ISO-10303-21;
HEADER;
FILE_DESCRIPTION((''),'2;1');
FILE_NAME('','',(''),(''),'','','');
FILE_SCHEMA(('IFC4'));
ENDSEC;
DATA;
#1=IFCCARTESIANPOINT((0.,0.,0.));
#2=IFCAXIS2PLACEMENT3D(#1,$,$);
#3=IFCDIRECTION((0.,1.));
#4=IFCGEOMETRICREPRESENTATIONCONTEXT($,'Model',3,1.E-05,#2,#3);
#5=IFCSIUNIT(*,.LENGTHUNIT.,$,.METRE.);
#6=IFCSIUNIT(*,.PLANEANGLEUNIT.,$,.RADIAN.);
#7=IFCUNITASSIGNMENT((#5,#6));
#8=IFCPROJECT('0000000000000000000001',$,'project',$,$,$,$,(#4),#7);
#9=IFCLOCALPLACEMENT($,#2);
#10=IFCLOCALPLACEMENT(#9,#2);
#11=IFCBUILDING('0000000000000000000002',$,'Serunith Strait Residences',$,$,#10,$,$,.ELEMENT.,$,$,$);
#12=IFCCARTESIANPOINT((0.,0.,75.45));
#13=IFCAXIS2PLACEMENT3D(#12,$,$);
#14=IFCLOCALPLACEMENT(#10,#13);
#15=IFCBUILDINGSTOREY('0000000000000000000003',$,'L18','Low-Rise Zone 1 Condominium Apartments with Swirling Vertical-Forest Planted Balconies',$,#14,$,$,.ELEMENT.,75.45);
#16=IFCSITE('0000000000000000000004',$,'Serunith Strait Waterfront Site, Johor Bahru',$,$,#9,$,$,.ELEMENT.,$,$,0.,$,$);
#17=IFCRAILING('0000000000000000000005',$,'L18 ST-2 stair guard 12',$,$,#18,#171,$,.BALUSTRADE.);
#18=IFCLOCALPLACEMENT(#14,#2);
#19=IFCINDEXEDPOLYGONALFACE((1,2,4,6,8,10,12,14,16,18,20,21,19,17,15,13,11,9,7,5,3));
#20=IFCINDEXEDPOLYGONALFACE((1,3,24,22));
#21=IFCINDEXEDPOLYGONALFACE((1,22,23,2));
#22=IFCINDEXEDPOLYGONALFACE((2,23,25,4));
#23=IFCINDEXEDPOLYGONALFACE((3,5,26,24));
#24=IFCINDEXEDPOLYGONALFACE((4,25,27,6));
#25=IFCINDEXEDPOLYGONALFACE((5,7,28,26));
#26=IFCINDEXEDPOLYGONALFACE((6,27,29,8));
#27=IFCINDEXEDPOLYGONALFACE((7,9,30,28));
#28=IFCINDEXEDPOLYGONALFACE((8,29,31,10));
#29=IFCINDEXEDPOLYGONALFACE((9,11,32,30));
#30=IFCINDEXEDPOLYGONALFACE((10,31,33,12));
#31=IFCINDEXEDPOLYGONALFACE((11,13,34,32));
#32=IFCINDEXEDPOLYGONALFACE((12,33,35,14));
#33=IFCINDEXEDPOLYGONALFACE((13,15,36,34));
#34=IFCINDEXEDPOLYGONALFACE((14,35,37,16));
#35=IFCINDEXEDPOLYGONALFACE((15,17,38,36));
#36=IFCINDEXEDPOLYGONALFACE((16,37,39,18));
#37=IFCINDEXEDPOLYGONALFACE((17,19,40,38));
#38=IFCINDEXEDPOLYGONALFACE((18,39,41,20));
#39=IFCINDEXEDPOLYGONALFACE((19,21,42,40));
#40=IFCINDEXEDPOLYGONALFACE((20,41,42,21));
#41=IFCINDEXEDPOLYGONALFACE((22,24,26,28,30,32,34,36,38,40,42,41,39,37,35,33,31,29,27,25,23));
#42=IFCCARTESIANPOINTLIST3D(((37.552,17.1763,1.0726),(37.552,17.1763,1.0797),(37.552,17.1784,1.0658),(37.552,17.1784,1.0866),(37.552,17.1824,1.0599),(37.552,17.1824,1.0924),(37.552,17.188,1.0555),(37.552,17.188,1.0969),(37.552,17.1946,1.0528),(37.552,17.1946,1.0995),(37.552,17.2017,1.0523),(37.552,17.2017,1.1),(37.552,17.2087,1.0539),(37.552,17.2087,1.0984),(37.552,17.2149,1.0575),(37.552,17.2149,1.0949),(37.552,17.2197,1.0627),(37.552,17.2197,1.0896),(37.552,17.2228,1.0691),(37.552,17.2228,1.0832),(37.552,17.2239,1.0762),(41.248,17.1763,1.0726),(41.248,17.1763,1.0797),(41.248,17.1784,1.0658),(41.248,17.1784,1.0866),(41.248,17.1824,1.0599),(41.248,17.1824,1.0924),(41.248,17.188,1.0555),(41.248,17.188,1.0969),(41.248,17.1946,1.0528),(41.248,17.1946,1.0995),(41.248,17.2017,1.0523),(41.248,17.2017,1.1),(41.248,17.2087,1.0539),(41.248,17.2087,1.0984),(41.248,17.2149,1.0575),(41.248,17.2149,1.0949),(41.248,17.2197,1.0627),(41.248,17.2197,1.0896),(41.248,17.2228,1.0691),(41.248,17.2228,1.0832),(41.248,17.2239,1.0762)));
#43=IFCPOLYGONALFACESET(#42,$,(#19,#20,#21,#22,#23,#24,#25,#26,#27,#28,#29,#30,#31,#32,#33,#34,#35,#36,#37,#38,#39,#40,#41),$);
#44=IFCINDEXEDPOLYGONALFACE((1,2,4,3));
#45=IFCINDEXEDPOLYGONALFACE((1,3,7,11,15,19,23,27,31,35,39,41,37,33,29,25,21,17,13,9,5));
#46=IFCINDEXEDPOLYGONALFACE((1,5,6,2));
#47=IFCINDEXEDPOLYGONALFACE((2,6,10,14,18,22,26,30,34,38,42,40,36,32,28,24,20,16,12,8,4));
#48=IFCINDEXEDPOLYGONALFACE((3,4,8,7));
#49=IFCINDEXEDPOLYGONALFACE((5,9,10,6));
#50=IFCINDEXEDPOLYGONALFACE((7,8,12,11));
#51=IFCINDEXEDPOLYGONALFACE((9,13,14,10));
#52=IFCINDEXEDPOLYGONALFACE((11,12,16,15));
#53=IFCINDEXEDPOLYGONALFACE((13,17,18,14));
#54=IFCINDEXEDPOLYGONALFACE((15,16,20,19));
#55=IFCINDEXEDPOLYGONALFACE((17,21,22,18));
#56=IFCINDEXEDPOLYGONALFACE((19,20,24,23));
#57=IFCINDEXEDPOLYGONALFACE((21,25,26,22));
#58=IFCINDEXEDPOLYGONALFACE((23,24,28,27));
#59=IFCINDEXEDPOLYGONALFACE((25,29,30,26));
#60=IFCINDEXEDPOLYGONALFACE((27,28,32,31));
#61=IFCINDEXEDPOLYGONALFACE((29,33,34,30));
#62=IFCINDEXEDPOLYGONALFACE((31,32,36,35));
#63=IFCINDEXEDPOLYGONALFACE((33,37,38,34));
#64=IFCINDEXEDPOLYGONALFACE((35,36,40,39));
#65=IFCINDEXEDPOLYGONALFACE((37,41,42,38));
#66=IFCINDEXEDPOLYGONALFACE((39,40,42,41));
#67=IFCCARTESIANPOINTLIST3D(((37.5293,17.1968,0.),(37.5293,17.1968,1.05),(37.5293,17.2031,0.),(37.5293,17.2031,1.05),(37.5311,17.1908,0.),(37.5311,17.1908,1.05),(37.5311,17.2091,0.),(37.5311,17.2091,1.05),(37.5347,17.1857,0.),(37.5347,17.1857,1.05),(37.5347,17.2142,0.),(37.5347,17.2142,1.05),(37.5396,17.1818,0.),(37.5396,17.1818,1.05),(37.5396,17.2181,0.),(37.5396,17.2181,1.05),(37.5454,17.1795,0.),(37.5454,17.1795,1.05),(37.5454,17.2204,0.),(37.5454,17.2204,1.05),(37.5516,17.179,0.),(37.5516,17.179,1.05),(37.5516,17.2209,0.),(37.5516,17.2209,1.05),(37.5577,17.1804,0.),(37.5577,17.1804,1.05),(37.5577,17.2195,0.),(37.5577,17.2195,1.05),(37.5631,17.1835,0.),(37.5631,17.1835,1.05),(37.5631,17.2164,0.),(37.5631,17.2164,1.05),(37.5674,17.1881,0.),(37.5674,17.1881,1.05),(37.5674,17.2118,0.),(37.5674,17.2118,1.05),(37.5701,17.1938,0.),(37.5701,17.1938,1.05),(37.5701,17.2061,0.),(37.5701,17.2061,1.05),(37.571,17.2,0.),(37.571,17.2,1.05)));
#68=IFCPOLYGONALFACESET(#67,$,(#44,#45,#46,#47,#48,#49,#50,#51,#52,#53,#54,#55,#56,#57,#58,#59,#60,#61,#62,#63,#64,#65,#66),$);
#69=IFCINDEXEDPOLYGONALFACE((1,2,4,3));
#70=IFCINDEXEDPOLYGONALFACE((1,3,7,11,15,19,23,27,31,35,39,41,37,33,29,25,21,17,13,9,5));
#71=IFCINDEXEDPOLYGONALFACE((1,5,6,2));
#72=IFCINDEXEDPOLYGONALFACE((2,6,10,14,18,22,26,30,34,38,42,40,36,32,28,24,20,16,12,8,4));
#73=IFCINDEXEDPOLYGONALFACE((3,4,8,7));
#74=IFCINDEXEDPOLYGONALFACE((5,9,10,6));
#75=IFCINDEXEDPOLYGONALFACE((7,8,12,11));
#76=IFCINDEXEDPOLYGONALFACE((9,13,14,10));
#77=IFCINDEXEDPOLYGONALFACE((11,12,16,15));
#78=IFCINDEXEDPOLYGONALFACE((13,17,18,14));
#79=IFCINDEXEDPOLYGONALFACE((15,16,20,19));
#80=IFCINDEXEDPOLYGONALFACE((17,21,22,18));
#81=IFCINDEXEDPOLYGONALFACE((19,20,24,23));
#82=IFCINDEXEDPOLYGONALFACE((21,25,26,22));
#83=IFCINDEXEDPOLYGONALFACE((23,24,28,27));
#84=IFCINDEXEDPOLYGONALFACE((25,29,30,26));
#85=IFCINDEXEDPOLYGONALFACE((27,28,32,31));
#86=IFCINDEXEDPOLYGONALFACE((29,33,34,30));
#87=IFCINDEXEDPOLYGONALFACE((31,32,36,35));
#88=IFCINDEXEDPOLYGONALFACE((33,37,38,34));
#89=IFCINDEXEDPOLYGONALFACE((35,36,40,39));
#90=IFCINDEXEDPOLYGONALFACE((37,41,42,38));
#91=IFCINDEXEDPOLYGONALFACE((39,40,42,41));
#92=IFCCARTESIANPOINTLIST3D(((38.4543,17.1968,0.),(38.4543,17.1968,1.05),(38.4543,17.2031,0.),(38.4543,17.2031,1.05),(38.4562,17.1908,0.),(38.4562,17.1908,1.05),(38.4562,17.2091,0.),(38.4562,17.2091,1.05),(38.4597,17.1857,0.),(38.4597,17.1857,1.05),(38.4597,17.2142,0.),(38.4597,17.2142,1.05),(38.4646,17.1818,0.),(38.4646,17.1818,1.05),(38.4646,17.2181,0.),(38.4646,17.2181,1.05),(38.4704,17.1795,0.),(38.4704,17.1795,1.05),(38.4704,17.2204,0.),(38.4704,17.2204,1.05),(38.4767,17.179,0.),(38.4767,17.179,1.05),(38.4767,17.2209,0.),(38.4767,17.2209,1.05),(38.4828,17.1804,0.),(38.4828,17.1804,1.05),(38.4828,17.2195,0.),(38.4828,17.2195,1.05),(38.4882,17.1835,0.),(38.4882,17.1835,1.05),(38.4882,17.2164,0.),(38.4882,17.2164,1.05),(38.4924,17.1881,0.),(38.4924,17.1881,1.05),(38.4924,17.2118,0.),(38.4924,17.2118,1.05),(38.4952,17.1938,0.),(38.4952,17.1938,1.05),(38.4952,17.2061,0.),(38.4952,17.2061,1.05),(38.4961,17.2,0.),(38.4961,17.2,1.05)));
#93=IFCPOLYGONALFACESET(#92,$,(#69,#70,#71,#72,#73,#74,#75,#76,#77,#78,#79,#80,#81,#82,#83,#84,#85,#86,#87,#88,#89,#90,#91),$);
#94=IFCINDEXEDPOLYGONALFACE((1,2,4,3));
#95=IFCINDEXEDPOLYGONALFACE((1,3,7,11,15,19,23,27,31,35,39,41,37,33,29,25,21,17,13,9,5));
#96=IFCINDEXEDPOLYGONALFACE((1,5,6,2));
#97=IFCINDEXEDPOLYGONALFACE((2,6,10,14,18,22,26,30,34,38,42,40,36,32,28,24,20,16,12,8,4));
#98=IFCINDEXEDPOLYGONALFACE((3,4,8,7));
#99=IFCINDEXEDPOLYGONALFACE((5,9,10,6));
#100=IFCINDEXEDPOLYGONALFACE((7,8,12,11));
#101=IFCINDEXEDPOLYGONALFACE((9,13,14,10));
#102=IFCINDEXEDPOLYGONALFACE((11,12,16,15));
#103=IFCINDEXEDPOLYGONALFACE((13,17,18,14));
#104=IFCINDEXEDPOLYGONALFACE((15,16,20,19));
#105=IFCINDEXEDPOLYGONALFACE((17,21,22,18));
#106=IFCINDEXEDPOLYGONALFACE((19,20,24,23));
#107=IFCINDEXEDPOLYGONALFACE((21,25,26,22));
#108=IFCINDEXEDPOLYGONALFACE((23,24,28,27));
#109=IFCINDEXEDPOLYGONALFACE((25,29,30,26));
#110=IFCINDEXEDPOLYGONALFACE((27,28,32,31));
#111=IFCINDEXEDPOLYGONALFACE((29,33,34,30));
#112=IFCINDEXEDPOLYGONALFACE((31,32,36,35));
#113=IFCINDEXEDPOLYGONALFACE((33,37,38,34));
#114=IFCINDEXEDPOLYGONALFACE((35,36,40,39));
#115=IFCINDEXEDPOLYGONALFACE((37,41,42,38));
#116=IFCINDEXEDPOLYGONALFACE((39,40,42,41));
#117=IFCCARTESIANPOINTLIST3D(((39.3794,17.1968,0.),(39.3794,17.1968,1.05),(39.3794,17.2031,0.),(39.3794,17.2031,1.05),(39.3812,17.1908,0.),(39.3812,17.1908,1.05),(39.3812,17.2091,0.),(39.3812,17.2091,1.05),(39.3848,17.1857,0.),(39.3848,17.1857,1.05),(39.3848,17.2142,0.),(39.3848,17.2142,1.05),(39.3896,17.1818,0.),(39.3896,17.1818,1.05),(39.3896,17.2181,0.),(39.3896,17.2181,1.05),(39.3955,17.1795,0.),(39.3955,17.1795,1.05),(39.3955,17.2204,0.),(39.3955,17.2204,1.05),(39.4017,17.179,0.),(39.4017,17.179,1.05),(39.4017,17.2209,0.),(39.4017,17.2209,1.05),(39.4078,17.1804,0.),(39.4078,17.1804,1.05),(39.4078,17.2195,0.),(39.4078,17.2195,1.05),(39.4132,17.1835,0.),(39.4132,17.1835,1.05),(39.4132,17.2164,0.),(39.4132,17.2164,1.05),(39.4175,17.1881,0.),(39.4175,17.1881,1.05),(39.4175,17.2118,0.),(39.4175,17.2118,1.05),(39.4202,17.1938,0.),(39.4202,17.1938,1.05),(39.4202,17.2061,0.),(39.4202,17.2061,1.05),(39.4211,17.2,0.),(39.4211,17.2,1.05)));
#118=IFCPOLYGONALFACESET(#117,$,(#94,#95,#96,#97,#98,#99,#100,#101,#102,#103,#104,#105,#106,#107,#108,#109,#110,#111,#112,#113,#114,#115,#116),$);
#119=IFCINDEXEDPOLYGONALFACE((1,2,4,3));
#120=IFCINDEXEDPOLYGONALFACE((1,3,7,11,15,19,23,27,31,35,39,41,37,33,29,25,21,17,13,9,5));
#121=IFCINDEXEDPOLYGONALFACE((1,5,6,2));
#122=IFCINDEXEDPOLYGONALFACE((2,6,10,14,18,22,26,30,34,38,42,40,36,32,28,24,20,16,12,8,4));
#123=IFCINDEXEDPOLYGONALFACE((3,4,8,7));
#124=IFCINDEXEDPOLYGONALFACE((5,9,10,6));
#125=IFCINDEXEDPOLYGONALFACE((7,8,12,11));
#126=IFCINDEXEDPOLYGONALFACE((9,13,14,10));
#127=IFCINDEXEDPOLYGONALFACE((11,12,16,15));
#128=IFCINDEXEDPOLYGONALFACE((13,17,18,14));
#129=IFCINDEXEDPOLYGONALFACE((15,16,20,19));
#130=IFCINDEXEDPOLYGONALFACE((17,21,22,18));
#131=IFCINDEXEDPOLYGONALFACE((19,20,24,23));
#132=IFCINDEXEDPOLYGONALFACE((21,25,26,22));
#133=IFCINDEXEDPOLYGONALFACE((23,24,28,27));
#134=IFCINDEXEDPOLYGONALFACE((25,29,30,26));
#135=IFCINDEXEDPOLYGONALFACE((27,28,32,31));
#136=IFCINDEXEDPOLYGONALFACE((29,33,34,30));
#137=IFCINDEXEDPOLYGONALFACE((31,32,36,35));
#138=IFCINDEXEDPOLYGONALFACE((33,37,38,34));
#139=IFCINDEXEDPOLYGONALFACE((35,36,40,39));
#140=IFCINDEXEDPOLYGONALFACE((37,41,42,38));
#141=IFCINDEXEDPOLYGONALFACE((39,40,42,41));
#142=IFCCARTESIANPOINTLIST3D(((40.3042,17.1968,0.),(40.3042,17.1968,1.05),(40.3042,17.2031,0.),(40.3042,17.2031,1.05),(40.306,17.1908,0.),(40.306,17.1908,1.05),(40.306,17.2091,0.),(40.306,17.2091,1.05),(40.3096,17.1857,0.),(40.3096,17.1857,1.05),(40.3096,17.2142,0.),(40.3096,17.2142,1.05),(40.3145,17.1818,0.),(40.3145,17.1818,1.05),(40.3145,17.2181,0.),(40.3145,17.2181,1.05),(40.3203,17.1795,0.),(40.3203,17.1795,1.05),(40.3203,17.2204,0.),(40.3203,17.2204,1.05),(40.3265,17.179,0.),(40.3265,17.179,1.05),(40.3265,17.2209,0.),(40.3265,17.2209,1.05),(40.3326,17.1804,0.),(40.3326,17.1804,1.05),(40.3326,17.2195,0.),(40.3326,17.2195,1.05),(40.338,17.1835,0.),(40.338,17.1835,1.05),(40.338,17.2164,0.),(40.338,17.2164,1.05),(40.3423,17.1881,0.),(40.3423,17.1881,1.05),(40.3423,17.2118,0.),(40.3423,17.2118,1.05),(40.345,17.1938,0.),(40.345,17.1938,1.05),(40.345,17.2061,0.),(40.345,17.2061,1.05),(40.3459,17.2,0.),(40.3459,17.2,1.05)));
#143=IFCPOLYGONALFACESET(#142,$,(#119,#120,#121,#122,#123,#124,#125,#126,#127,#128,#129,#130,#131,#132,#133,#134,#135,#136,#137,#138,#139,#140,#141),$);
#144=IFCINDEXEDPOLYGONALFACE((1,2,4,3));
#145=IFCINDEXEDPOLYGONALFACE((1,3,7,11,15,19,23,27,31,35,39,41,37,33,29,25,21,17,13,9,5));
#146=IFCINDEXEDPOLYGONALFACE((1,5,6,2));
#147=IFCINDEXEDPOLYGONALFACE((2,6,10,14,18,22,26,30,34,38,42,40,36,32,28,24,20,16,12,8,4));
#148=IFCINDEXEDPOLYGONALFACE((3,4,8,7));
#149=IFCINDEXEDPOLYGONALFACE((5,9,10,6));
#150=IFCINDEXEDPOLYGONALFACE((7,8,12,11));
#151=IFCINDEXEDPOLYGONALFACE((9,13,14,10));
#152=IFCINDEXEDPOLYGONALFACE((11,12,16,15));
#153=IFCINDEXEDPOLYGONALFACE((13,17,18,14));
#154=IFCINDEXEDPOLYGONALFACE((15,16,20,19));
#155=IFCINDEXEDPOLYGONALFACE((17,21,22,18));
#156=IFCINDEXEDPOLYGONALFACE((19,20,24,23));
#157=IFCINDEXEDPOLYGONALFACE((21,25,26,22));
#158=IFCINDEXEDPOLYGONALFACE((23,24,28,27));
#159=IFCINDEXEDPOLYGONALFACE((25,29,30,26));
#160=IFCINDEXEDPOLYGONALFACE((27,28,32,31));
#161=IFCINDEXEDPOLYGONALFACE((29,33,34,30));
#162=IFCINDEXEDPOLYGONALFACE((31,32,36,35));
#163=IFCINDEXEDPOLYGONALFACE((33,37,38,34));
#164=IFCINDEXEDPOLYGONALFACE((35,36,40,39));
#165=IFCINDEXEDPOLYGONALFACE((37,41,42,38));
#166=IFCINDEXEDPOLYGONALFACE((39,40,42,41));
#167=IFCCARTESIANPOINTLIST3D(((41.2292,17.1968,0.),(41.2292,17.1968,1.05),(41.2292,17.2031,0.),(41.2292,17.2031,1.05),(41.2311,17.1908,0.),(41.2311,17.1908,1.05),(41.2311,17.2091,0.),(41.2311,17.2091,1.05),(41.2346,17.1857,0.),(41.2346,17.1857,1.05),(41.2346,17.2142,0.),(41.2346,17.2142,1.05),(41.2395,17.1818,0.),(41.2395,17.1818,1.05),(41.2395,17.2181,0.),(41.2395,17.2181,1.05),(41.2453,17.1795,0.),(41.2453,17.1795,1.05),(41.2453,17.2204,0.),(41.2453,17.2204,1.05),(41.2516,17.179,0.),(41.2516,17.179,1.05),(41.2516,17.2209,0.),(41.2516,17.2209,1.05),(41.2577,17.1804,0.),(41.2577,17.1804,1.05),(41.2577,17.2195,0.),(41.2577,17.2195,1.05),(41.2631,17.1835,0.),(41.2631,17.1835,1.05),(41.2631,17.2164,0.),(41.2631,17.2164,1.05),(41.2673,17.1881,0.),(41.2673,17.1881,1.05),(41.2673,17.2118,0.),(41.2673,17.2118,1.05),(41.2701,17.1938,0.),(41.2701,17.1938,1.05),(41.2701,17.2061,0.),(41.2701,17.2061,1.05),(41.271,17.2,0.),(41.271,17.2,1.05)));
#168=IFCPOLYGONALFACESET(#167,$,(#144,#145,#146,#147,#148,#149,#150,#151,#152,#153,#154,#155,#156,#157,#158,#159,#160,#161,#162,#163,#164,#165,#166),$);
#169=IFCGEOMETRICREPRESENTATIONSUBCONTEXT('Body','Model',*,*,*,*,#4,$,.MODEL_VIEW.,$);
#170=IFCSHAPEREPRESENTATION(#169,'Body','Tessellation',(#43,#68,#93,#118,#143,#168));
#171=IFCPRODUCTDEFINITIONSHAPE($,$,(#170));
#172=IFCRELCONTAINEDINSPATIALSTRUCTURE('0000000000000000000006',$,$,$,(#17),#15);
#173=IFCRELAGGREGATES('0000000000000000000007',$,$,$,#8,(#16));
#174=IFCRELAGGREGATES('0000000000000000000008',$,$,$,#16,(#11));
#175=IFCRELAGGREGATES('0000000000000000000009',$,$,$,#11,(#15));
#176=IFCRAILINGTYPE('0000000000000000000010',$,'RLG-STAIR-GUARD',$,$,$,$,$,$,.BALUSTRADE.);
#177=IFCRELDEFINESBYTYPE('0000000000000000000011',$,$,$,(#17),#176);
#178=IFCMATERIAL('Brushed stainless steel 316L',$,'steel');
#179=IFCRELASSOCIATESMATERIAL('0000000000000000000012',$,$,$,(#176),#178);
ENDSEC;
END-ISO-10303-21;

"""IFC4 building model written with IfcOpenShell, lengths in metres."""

from ifc_helpers import new_model, si_unit, direction, frame, origin, origin_2d, place, context, subcontext, project, spatial, circle, extrude, material, type_object, element, save


model = new_model("IFC4")

# Units and contexts
model_context = context("Model", 3, precision=1e-05, world=origin(), true_north=direction((0.0, 1.0)))
body_context = subcontext(model_context, "Body", "Model", "MODEL_VIEW")
ifc_project = project(units=[si_unit("LENGTHUNIT", "METRE"), si_unit("PLANEANGLEUNIT", "RADIAN")], contexts=[model_context])

# Site, building, storey
site_placement = place(None, origin())
site = spatial("IfcSite", under=ifc_project, at=site_placement, Name="Serunith Strait Waterfront Site, Johor Bahru", CompositionType="ELEMENT", RefElevation=0.0)
building_placement = place(site_placement, origin())
building = spatial("IfcBuilding", under=site, at=building_placement, Name="Serunith Strait Residences", CompositionType="ELEMENT")
storey_placement = place(building_placement, frame((0.0, 0.0, 75.45)))
storey = spatial("IfcBuildingStorey", under=building, at=storey_placement, Name="L18", Description="Low-Rise Zone 1 Condominium Apartments with Swirling Vertical-Forest Planted Balconies", CompositionType="ELEMENT", Elevation=75.45)

# Railing
ifc_material_1 = material(Name="Brushed stainless steel 316L", Category="steel")
railing_type_1 = type_object("IfcRailingType", Name="RLG-STAIR-GUARD", PredefinedType="BALUSTRADE", material=ifc_material_1)
railing_1_placement = place(storey_placement, frame((37.55, 17.2, 0.0)))
element("IfcRailing", 1, at=railing_1_placement, inside=storey, type_object=railing_type_1, Name="L18 ST-2 stair guard 12", PredefinedType="BALUSTRADE", context=body_context, shape_type="SweptSolid", body=[
    extrude(circle(Radius=0.0239, at=origin_2d()), frame((0.002, 0.0, 1.0762), z_axis=(1.0, 0.0, 0.0), x_axis=(0.0, 1.0, 0.0)), (0.0, 0.0, 1.0), 3.696),
    extrude(circle(Radius=0.021, at=origin_2d()), origin(), (0.0, 0.0, 1.0), 1.05),
    extrude(circle(Radius=0.021, at=origin_2d()), frame((0.925, 0.0, 0.0)), (0.0, 0.0, 1.0), 1.05),
    extrude(circle(Radius=0.021, at=origin_2d()), frame((1.8501, 0.0, 0.0)), (0.0, 0.0, 1.0), 1.05),
    extrude(circle(Radius=0.021, at=origin_2d()), frame((2.7749, 0.0, 0.0)), (0.0, 0.0, 1.0), 1.05),
    extrude(circle(Radius=0.021, at=origin_2d()), frame((3.7, 0.0, 0.0)), (0.0, 0.0, 1.0), 1.05),
])

save(model, "model.ifc")
